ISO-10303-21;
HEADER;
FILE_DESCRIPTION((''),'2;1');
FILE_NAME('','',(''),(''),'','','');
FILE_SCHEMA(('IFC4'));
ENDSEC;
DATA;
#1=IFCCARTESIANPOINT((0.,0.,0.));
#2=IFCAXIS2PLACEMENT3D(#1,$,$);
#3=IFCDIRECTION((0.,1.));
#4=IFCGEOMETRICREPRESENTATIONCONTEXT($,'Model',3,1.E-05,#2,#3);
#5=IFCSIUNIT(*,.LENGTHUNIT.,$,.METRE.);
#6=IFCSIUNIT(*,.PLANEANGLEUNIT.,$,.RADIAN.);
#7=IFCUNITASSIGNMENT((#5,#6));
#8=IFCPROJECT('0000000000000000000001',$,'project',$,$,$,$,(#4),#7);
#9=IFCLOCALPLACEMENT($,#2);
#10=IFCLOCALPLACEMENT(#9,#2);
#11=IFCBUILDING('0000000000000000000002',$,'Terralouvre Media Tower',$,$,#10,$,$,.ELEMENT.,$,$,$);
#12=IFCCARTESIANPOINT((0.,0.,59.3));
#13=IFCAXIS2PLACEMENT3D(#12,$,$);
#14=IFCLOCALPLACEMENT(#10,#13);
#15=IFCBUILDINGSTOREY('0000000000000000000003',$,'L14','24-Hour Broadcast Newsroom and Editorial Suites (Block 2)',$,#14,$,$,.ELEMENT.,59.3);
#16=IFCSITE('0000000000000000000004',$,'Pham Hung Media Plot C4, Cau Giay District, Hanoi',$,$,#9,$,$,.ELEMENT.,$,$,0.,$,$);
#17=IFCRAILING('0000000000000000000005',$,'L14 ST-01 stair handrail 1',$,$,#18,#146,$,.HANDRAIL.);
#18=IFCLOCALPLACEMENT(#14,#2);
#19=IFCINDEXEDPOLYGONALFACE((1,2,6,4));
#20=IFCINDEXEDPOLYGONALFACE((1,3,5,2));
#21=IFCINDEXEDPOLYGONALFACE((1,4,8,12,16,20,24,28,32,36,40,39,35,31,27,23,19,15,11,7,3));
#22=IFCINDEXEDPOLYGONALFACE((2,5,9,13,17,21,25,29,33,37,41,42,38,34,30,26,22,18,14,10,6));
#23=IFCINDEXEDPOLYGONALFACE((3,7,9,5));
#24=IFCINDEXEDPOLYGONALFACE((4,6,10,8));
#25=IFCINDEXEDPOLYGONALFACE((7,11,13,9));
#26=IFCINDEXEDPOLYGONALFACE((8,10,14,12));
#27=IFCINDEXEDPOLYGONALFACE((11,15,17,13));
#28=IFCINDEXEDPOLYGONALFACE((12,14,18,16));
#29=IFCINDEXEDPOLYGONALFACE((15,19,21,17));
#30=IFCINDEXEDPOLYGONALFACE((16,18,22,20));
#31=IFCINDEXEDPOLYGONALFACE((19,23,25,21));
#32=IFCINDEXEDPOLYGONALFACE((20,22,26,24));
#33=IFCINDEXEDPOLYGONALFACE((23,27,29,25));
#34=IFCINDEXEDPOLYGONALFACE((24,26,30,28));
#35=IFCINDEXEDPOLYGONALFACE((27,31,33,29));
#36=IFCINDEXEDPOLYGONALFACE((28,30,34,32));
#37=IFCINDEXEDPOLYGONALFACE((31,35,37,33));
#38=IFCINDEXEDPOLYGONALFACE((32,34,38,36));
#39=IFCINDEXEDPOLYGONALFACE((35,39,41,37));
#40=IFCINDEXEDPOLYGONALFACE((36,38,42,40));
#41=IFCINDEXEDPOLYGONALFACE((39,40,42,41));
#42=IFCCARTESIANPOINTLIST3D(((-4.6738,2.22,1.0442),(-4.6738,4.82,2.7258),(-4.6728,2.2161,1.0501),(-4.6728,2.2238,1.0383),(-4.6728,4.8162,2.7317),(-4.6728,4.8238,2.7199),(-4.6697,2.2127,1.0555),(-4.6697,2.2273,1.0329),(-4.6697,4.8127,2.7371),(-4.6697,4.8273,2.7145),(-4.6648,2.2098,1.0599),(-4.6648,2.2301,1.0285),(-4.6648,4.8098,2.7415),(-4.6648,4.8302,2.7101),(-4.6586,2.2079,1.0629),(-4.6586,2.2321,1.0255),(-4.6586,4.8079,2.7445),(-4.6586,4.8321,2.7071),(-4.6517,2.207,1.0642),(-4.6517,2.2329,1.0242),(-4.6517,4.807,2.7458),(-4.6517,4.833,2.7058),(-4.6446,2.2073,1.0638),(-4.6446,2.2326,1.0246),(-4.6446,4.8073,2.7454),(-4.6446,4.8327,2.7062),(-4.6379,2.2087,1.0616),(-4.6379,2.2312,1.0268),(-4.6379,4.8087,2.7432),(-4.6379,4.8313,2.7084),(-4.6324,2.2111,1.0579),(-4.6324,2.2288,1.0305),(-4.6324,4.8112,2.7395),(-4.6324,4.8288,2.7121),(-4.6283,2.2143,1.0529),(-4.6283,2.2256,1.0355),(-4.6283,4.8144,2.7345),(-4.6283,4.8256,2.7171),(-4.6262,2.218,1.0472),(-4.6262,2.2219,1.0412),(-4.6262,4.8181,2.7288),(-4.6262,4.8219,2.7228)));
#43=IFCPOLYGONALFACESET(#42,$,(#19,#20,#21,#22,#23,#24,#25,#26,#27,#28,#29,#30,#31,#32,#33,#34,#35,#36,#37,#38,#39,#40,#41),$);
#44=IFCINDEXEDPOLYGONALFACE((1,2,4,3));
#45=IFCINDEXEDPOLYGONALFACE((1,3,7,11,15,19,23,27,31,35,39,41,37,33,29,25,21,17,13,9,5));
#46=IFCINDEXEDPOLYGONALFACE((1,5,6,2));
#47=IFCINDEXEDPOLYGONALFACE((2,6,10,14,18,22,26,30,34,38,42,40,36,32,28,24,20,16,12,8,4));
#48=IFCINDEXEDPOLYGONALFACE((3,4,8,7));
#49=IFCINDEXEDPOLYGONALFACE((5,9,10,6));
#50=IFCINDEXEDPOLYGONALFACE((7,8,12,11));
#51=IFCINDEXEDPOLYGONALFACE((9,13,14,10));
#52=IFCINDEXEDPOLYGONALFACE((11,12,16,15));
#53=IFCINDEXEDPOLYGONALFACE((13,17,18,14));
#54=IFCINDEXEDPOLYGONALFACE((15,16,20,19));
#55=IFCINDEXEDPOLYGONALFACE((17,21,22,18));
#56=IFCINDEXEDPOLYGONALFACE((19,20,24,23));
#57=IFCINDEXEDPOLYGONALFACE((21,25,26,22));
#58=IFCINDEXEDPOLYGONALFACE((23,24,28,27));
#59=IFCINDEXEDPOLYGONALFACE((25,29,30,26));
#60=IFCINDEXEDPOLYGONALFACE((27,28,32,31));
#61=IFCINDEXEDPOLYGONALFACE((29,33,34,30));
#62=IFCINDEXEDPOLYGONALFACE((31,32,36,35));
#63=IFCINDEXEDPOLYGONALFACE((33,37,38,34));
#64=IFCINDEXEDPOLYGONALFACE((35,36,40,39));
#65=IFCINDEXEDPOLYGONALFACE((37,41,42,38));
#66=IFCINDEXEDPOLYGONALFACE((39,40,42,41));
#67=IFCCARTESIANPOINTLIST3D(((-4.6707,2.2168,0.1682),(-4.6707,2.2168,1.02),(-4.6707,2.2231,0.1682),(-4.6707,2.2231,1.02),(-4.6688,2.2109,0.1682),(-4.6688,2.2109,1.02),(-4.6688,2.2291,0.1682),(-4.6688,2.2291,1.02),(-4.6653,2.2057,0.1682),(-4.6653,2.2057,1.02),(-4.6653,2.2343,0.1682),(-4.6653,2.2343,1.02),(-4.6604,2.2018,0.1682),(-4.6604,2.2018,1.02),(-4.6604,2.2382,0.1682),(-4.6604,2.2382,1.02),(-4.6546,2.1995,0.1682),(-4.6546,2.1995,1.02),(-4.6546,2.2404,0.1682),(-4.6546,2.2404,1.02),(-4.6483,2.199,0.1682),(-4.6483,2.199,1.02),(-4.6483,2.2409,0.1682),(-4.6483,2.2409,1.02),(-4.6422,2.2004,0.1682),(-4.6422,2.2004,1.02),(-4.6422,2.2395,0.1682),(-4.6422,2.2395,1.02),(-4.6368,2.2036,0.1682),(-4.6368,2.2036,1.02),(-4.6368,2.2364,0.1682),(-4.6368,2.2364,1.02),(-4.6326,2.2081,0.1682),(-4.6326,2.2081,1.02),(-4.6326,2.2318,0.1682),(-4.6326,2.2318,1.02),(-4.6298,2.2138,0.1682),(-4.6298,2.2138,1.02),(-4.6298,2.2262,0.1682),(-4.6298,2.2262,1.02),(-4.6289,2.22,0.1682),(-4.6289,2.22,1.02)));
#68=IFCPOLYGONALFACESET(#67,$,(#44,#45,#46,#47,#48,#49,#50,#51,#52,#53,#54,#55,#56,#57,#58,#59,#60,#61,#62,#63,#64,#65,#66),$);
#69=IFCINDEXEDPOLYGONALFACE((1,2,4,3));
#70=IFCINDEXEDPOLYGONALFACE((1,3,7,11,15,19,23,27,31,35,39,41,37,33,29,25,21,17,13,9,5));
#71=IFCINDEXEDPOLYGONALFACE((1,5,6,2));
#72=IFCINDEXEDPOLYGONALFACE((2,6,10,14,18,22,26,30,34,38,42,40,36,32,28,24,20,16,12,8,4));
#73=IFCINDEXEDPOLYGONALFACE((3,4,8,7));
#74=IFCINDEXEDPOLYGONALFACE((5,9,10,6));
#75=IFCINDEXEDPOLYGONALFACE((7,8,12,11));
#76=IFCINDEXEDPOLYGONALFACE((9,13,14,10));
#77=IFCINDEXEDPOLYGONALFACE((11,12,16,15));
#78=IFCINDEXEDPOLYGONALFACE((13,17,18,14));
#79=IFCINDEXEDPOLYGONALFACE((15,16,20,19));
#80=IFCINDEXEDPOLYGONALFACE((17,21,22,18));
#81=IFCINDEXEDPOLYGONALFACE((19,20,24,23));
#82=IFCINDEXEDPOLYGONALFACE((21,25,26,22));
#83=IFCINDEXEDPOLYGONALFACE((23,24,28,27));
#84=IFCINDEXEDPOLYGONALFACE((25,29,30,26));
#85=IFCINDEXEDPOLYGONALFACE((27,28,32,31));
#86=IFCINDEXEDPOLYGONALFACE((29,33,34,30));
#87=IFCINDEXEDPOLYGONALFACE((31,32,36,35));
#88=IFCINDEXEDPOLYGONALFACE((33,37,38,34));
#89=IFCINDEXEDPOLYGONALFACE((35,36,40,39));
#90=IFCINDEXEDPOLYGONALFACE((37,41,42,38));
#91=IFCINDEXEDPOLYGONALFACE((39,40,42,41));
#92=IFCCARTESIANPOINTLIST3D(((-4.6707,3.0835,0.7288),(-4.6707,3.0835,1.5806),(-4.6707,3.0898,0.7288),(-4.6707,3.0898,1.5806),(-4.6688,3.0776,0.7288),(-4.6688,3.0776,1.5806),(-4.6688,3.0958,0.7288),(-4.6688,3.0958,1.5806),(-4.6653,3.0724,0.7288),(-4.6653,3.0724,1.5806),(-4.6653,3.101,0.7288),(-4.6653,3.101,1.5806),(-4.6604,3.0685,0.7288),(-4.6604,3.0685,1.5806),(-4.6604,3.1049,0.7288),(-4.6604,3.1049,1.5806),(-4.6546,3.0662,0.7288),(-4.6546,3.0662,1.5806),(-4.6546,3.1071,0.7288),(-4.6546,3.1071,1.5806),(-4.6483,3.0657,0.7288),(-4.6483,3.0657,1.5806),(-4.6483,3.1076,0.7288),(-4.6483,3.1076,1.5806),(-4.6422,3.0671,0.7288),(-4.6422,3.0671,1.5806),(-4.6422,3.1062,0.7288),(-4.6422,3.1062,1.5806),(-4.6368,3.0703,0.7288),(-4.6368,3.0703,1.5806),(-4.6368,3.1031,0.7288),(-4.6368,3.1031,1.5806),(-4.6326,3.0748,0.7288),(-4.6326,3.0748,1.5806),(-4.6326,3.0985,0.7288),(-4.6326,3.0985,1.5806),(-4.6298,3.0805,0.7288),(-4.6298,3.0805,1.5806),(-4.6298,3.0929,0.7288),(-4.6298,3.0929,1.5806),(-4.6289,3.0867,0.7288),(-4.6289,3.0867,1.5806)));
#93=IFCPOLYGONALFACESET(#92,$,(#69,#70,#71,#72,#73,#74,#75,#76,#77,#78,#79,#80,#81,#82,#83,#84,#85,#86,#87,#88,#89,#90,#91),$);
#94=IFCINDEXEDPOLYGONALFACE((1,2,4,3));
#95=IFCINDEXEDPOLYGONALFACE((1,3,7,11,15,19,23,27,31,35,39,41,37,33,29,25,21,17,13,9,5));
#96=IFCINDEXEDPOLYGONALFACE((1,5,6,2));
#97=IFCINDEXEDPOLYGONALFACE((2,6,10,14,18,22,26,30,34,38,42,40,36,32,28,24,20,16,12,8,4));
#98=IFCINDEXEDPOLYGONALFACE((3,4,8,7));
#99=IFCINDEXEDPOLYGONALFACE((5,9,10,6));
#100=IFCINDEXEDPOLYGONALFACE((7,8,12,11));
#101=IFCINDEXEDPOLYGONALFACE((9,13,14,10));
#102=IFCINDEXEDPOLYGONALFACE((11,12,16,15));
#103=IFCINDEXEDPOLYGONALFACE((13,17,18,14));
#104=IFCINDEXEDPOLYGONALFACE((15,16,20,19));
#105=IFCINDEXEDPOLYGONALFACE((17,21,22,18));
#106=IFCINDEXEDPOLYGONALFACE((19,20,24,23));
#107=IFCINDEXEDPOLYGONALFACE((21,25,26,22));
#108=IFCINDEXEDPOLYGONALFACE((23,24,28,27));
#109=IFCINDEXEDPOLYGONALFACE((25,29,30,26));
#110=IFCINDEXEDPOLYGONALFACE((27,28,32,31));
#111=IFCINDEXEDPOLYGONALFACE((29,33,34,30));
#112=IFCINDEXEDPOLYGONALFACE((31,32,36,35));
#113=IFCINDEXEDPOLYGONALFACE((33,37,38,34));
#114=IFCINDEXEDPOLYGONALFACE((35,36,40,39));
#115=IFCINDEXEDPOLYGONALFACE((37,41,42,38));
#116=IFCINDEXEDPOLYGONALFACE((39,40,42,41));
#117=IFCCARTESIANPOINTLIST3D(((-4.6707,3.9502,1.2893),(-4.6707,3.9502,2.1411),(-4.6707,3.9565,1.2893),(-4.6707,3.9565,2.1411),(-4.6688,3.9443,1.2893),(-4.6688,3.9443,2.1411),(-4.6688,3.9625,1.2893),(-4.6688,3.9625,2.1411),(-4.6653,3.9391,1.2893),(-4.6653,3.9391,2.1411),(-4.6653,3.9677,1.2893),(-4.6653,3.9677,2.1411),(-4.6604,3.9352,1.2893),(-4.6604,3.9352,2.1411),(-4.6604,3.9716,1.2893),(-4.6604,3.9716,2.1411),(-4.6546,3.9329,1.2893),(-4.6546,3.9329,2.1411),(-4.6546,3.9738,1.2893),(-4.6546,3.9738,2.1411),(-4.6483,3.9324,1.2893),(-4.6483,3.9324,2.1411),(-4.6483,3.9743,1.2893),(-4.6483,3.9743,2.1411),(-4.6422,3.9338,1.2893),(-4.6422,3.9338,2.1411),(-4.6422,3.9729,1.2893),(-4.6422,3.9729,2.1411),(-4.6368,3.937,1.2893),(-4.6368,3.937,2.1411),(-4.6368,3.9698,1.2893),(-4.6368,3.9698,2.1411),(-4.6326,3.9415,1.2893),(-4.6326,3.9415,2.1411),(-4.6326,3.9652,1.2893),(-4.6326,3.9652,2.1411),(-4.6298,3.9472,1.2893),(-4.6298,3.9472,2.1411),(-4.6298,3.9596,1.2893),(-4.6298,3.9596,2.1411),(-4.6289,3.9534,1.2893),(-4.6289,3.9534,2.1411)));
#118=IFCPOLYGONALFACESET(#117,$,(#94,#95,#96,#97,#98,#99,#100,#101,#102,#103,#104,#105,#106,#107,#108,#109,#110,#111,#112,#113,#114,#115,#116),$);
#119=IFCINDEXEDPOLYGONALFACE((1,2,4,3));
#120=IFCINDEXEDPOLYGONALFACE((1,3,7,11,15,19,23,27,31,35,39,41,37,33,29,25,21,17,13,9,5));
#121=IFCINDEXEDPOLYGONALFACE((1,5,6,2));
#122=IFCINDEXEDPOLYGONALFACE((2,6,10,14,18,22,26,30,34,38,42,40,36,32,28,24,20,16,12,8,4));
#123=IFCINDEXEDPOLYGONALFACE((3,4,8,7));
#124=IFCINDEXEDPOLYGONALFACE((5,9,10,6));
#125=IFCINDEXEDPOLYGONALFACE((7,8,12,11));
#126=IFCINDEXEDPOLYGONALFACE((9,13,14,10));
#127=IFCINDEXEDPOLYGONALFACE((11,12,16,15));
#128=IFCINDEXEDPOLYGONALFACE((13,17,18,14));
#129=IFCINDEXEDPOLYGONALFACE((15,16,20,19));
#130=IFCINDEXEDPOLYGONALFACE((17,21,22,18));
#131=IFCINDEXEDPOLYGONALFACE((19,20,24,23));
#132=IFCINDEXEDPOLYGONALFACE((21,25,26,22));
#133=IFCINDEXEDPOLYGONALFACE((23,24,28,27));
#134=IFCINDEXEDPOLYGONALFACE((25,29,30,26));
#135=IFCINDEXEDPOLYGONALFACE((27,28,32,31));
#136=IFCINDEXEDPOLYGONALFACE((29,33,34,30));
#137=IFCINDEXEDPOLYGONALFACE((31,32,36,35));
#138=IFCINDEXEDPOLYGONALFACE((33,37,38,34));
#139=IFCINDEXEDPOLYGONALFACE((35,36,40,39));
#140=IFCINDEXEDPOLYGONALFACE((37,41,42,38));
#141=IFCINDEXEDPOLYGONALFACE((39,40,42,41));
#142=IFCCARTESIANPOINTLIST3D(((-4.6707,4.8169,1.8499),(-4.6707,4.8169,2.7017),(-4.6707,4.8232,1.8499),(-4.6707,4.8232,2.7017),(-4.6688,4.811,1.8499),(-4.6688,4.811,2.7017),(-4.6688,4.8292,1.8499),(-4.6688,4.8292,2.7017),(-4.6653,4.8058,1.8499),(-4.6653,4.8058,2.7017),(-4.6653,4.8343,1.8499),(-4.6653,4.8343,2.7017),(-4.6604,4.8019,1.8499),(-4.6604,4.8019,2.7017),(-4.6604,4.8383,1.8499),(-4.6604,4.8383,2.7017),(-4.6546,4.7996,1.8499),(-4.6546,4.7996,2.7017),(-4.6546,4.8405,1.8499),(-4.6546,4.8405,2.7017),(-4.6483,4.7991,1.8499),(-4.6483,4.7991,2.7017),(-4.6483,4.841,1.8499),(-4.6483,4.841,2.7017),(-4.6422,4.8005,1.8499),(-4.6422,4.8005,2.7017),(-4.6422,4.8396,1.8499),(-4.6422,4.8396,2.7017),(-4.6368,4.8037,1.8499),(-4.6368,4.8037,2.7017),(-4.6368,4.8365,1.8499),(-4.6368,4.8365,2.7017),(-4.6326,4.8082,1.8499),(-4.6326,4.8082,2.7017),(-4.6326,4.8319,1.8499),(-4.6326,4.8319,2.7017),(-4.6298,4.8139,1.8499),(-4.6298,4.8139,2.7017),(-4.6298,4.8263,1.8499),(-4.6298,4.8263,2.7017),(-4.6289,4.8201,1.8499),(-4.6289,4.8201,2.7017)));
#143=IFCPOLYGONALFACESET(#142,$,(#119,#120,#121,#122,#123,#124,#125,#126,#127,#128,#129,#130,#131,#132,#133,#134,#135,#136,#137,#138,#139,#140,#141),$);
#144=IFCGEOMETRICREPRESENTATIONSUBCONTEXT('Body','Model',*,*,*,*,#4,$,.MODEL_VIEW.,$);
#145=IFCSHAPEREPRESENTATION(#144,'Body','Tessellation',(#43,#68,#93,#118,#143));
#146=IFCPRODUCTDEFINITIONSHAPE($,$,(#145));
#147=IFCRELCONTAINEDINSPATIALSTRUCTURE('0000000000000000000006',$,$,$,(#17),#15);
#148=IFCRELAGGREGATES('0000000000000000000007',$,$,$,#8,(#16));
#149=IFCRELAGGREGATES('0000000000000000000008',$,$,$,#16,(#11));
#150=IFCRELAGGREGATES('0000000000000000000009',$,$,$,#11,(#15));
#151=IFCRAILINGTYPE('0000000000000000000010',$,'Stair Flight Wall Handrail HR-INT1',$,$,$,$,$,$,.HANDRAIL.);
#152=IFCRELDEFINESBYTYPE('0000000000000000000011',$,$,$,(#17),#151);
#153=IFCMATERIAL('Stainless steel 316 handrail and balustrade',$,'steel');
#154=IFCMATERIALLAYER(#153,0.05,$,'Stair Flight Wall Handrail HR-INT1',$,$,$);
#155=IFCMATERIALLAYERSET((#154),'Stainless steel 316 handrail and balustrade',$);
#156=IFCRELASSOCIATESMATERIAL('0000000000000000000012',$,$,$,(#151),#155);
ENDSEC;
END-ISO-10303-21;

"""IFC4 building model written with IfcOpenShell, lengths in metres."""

from ifc_helpers import new_model, si_unit, direction, frame, origin, origin_2d, place, context, subcontext, project, spatial, circle, extrude, material, layer, layer_set, type_object, element, save


model = new_model("IFC4")

# Units and contexts
model_context = context("Model", 3, precision=1e-05, world=origin(), true_north=direction((0.0, 1.0)))
body_context = subcontext(model_context, "Body", "Model", "MODEL_VIEW")
ifc_project = project(units=[si_unit("LENGTHUNIT", "METRE"), si_unit("PLANEANGLEUNIT", "RADIAN")], contexts=[model_context])

# Site, building, storey
site_placement = place(None, origin())
site = spatial("IfcSite", under=ifc_project, at=site_placement, Name="Pham Hung Media Plot C4, Cau Giay District, Hanoi", CompositionType="ELEMENT", RefElevation=0.0)
building_placement = place(site_placement, origin())
building = spatial("IfcBuilding", under=site, at=building_placement, Name="Terralouvre Media Tower", CompositionType="ELEMENT")
storey_placement = place(building_placement, frame((0.0, 0.0, 59.3)))
storey = spatial("IfcBuildingStorey", under=building, at=storey_placement, Name="L14", Description="24-Hour Broadcast Newsroom and Editorial Suites (Block 2)", CompositionType="ELEMENT", Elevation=59.3)

# Railing
ifc_material_1 = material(Name="Stainless steel 316 handrail and balustrade", Category="steel")
ifc_layer_1 = layer(ifc_material_1, 0.05, Name="Stair Flight Wall Handrail HR-INT1")
ifc_layer_set_1 = layer_set([ifc_layer_1], Name="Stainless steel 316 handrail and balustrade")
railing_type_1 = type_object("IfcRailingType", Name="Stair Flight Wall Handrail HR-INT1", PredefinedType="HANDRAIL", material=ifc_layer_set_1)
railing_1_placement = place(storey_placement, frame((-4.6499, 2.22, 0.1682)))
element("IfcRailing", 1, at=railing_1_placement, inside=storey, type_object=railing_type_1, Name="L14 ST-01 stair handrail 1", PredefinedType="HANDRAIL", context=body_context, shape_type="SweptSolid", body=[
    extrude(circle(Radius=0.0239, at=origin_2d()), frame((0.0, 0.0, 0.876), z_axis=(0.0, 0.839684, 0.543075), x_axis=(-1.0, 0.0, 0.0)), (0.0, 0.0, 1.0), 3.0964),
    extrude(circle(Radius=0.021, at=origin_2d()), origin(), (0.0, 0.0, 1.0), 0.8518),
    extrude(circle(Radius=0.021, at=origin_2d()), frame((0.0, 0.8667, 0.5605)), (0.0, 0.0, 1.0), 0.8518),
    extrude(circle(Radius=0.021, at=origin_2d()), frame((0.0, 1.7334, 1.1211)), (0.0, 0.0, 1.0), 0.8518),
    extrude(circle(Radius=0.021, at=origin_2d()), frame((0.0, 2.6001, 1.6816)), (0.0, 0.0, 1.0), 0.8518),
])

save(model, "model.ifc")
